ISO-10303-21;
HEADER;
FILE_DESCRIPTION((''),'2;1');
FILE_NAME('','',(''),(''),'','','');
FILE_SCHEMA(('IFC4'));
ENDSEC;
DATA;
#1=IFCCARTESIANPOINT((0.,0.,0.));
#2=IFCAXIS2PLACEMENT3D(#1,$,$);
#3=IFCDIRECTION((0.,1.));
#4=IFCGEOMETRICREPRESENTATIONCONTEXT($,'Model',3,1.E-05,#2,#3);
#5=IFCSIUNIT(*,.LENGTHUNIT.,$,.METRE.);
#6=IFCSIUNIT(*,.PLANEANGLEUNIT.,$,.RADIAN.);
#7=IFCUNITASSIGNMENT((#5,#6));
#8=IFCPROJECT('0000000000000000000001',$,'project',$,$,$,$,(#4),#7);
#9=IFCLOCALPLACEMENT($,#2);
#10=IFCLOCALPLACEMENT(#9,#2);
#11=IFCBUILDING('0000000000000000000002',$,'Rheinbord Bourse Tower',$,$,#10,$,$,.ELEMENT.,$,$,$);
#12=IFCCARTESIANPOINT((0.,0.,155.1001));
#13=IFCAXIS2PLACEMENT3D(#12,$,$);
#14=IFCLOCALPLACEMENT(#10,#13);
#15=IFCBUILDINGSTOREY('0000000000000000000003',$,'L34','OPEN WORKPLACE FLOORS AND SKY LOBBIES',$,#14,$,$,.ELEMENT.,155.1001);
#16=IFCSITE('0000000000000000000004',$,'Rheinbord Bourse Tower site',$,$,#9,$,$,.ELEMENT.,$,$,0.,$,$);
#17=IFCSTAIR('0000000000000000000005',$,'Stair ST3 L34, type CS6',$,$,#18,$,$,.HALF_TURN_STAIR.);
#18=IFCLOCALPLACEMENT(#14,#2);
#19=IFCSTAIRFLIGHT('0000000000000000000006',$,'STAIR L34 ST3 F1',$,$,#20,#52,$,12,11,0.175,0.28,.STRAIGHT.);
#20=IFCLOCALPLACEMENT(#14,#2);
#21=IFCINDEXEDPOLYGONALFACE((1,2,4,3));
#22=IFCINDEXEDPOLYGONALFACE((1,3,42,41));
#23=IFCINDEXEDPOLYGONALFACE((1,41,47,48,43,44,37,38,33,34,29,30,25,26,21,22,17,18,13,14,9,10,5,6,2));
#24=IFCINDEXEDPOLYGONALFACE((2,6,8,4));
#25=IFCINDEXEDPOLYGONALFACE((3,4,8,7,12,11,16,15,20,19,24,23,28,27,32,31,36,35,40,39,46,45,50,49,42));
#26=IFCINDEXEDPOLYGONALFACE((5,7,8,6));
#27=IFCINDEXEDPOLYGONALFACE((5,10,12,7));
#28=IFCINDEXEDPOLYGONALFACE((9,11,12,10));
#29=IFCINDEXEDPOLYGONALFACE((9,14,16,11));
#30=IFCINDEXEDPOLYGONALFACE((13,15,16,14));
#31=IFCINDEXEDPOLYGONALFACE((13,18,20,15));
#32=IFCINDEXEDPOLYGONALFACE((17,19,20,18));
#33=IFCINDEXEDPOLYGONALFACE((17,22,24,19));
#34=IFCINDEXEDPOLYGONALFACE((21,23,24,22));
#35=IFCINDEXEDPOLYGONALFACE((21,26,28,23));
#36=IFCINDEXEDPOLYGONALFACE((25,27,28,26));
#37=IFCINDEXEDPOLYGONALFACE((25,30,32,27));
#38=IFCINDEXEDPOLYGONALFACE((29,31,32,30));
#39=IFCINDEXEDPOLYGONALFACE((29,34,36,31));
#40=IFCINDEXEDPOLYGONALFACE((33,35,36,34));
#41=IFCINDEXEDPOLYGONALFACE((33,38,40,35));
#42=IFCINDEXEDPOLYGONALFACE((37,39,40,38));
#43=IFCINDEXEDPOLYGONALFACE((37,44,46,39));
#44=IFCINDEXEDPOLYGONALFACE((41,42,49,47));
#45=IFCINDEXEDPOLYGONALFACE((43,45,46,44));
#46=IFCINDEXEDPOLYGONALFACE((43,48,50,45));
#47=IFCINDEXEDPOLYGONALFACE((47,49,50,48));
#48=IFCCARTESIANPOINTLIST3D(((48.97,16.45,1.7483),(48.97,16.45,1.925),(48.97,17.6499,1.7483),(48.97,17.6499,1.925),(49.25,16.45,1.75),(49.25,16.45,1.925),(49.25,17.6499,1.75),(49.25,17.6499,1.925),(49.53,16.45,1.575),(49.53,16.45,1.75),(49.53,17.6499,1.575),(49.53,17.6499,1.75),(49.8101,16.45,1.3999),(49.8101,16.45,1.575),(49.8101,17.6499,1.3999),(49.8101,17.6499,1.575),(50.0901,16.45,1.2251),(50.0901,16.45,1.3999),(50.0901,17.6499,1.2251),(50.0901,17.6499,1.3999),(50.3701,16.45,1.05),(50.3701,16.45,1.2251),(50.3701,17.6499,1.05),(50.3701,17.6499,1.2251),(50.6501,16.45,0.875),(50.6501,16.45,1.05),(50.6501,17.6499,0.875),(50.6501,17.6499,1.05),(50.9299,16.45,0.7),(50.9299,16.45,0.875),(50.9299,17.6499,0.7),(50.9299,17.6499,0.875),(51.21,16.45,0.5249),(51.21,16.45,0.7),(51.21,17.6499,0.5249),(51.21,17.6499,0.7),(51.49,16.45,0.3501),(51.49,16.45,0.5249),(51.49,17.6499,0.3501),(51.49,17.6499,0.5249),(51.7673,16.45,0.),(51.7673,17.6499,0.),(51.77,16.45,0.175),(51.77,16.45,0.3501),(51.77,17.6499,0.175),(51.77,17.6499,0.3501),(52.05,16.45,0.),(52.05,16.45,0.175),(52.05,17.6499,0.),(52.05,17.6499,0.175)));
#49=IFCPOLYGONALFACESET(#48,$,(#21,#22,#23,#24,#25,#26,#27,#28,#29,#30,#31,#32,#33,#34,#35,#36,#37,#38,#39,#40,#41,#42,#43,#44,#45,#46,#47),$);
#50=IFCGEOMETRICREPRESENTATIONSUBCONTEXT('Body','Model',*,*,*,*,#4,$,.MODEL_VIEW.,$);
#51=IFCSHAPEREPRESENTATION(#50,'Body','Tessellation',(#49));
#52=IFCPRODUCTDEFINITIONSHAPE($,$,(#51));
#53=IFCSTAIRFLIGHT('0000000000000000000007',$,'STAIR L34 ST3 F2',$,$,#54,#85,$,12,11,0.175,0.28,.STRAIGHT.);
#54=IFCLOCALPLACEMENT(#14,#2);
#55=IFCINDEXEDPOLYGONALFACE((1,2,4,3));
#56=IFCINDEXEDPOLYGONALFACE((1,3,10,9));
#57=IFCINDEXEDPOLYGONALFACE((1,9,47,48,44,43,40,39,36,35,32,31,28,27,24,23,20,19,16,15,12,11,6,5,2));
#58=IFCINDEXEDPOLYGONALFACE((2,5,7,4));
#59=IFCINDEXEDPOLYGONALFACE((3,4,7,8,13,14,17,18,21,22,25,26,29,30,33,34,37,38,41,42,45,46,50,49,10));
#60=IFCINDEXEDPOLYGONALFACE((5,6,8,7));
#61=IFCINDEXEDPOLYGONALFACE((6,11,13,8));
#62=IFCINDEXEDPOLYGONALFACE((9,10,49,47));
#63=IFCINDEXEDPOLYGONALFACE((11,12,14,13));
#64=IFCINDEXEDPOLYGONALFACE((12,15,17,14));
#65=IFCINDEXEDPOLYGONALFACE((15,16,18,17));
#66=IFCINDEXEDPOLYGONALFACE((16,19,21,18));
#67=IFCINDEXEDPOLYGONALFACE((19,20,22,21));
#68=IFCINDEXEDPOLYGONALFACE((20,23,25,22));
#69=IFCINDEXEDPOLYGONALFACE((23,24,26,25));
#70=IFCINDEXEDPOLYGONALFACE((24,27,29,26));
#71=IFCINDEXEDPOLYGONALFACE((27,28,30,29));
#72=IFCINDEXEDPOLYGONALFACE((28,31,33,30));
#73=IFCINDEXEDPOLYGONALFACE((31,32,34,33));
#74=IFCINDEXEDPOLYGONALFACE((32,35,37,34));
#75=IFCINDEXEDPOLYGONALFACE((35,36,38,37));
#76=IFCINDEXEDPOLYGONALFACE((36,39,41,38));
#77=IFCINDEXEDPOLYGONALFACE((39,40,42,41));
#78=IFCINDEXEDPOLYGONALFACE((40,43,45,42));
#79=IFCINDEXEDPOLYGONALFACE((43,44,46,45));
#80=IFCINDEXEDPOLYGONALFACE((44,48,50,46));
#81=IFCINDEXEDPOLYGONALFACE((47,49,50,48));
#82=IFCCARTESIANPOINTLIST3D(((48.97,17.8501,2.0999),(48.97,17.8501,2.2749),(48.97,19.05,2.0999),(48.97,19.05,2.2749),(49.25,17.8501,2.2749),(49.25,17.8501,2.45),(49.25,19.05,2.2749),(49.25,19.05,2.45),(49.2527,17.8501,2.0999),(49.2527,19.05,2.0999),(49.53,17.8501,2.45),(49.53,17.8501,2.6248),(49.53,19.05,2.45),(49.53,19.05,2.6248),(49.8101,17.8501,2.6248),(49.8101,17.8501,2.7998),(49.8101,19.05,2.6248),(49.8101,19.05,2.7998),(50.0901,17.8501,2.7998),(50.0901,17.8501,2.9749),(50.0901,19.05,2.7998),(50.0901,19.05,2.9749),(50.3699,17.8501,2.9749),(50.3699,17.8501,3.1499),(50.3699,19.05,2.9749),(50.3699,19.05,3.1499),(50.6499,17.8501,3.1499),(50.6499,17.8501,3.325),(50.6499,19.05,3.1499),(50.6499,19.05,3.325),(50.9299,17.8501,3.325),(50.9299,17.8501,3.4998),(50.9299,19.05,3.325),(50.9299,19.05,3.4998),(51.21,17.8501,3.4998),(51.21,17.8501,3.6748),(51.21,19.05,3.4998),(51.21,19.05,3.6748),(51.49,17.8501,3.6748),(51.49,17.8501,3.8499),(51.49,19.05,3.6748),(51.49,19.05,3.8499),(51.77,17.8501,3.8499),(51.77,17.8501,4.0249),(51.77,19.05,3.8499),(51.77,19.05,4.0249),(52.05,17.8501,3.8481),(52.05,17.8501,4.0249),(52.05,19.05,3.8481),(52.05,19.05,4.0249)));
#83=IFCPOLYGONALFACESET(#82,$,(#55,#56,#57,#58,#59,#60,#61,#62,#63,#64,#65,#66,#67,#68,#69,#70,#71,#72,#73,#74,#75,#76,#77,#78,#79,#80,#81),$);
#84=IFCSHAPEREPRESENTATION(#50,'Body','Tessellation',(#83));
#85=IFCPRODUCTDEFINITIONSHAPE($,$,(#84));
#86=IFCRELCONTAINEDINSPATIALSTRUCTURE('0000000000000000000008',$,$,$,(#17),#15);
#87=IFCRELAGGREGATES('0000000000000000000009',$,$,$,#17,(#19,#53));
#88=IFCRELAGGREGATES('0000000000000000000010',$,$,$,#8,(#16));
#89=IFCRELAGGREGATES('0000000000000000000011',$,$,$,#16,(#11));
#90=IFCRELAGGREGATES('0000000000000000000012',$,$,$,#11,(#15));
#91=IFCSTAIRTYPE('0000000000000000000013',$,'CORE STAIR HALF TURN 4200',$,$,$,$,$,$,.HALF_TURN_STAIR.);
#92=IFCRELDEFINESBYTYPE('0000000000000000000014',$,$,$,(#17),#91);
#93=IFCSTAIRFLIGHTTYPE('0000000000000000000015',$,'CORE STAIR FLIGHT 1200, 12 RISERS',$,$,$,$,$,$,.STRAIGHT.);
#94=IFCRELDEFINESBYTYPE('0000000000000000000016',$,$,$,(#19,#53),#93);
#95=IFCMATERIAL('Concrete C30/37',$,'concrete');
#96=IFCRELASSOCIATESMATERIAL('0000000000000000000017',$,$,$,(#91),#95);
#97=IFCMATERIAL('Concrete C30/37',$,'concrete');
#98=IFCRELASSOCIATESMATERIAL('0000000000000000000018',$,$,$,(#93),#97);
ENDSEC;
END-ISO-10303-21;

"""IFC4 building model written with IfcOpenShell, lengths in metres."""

from ifc_helpers import new_model, si_unit, direction, frame, origin, place, context, subcontext, project, spatial, polyline, outline, extrude, material, type_object, element, aggregate, save


model = new_model("IFC4")

# Units and contexts
model_context = context("Model", 3, precision=1e-05, world=origin(), true_north=direction((0.0, 1.0)))
body_context = subcontext(model_context, "Body", "Model", "MODEL_VIEW")
ifc_project = project(units=[si_unit("LENGTHUNIT", "METRE"), si_unit("PLANEANGLEUNIT", "RADIAN")], contexts=[model_context])

# Site, building, storey
site_placement = place(None, origin())
site = spatial("IfcSite", under=ifc_project, at=site_placement, Name="Rheinbord Bourse Tower site", CompositionType="ELEMENT", RefElevation=0.0)
building_placement = place(site_placement, origin())
building = spatial("IfcBuilding", under=site, at=building_placement, Name="Rheinbord Bourse Tower", CompositionType="ELEMENT")
storey_placement = place(building_placement, frame((0.0, 0.0, 155.1001)))
storey = spatial("IfcBuildingStorey", under=building, at=storey_placement, Name="L34", Description="OPEN WORKPLACE FLOORS AND SKY LOBBIES", CompositionType="ELEMENT", Elevation=155.1001)

# Stair, stair flights
ifc_material_1 = material(Name="Concrete C30/37", Category="concrete")
stair_type = type_object("IfcStairType", Name="CORE STAIR HALF TURN 4200", PredefinedType="HALF_TURN_STAIR", material=ifc_material_1)
stair_placement = place(storey_placement, origin())
stair = element("IfcStair", 1, at=stair_placement, inside=storey, type_object=stair_type, Name="Stair ST3 L34, type CS6", PredefinedType="HALF_TURN_STAIR")
ifc_material_2 = material(Name="Concrete C30/37", Category="concrete")
stair_flight_type = type_object("IfcStairFlightType", Name="CORE STAIR FLIGHT 1200, 12 RISERS", PredefinedType="STRAIGHT", material=ifc_material_2)
stair_flight_1_placement = place(storey_placement, frame((52.05, 17.05, 0.0), z_axis=(0.0, 0.0, 1.0), x_axis=(-1.0, 0.0, 0.0)))
stair_flight_1 = element("IfcStairFlight", 2, at=stair_flight_1_placement, type_object=stair_flight_type, Name="STAIR L34 ST3 F1", NumberOfRisers=12, NumberOfTreads=11, PredefinedType="STRAIGHT", RiserHeight=0.175, TreadLength=0.28, context=body_context, shape_type="SweptSolid", body=[
    extrude(outline(polyline([(0.0, 0.0), (0.0, 0.175), (0.28, 0.175), (0.28, 0.3501), (0.5601, 0.3501), (0.5601, 0.5249), (0.8401, 0.5249), (0.8401, 0.7), (1.1201, 0.7), (1.1201, 0.875), (1.3999, 0.875), (1.3999, 1.05), (1.6799, 1.05), (1.6799, 1.2251), (1.96, 1.2251), (1.96, 1.3999), (2.24, 1.3999), (2.24, 1.575), (2.52, 1.575), (2.52, 1.75), (2.8, 1.75), (2.8, 1.925), (3.0801, 1.925), (3.0801, 2.1001), (3.0801, 1.7483), (0.2827, 0.0), (0.0, 0.0)])), frame((0.0, 0.6001, 0.0), z_axis=(0.0, -1.0, 0.0), x_axis=(1.0, 0.0, 0.0)), (0.0, 0.0, 1.0), 1.2),
])
stair_flight_2_placement = place(storey_placement, frame((48.97, 18.45, 2.0999), z_axis=(0.0, 0.0, 1.0), x_axis=(1.0, 0.0, 0.0)))
stair_flight_2 = element("IfcStairFlight", 3, at=stair_flight_2_placement, type_object=stair_flight_type, Name="STAIR L34 ST3 F2", NumberOfRisers=12, NumberOfTreads=11, PredefinedType="STRAIGHT", RiserHeight=0.175, TreadLength=0.28, context=body_context, shape_type="SweptSolid", body=[
    extrude(outline(polyline([(0.0, 0.0), (0.0, 0.175), (0.28, 0.175), (0.28, 0.3501), (0.5601, 0.3501), (0.5601, 0.5249), (0.8401, 0.5249), (0.8401, 0.7), (1.1201, 0.7), (1.1201, 0.875), (1.3999, 0.875), (1.3999, 1.05), (1.6799, 1.05), (1.6799, 1.2251), (1.96, 1.2251), (1.96, 1.3999), (2.24, 1.3999), (2.24, 1.575), (2.52, 1.575), (2.52, 1.75), (2.8, 1.75), (2.8, 1.925), (3.0801, 1.925), (3.0801, 2.1001), (3.0801, 1.7483), (0.2827, 0.0), (0.0, 0.0)])), frame((0.0, 0.6001, 0.0), z_axis=(0.0, -1.0, 0.0), x_axis=(1.0, 0.0, 0.0)), (0.0, 0.0, 1.0), 1.2),
])
aggregate(stair, [stair_flight_1, stair_flight_2])

save(model, "model.ifc")
